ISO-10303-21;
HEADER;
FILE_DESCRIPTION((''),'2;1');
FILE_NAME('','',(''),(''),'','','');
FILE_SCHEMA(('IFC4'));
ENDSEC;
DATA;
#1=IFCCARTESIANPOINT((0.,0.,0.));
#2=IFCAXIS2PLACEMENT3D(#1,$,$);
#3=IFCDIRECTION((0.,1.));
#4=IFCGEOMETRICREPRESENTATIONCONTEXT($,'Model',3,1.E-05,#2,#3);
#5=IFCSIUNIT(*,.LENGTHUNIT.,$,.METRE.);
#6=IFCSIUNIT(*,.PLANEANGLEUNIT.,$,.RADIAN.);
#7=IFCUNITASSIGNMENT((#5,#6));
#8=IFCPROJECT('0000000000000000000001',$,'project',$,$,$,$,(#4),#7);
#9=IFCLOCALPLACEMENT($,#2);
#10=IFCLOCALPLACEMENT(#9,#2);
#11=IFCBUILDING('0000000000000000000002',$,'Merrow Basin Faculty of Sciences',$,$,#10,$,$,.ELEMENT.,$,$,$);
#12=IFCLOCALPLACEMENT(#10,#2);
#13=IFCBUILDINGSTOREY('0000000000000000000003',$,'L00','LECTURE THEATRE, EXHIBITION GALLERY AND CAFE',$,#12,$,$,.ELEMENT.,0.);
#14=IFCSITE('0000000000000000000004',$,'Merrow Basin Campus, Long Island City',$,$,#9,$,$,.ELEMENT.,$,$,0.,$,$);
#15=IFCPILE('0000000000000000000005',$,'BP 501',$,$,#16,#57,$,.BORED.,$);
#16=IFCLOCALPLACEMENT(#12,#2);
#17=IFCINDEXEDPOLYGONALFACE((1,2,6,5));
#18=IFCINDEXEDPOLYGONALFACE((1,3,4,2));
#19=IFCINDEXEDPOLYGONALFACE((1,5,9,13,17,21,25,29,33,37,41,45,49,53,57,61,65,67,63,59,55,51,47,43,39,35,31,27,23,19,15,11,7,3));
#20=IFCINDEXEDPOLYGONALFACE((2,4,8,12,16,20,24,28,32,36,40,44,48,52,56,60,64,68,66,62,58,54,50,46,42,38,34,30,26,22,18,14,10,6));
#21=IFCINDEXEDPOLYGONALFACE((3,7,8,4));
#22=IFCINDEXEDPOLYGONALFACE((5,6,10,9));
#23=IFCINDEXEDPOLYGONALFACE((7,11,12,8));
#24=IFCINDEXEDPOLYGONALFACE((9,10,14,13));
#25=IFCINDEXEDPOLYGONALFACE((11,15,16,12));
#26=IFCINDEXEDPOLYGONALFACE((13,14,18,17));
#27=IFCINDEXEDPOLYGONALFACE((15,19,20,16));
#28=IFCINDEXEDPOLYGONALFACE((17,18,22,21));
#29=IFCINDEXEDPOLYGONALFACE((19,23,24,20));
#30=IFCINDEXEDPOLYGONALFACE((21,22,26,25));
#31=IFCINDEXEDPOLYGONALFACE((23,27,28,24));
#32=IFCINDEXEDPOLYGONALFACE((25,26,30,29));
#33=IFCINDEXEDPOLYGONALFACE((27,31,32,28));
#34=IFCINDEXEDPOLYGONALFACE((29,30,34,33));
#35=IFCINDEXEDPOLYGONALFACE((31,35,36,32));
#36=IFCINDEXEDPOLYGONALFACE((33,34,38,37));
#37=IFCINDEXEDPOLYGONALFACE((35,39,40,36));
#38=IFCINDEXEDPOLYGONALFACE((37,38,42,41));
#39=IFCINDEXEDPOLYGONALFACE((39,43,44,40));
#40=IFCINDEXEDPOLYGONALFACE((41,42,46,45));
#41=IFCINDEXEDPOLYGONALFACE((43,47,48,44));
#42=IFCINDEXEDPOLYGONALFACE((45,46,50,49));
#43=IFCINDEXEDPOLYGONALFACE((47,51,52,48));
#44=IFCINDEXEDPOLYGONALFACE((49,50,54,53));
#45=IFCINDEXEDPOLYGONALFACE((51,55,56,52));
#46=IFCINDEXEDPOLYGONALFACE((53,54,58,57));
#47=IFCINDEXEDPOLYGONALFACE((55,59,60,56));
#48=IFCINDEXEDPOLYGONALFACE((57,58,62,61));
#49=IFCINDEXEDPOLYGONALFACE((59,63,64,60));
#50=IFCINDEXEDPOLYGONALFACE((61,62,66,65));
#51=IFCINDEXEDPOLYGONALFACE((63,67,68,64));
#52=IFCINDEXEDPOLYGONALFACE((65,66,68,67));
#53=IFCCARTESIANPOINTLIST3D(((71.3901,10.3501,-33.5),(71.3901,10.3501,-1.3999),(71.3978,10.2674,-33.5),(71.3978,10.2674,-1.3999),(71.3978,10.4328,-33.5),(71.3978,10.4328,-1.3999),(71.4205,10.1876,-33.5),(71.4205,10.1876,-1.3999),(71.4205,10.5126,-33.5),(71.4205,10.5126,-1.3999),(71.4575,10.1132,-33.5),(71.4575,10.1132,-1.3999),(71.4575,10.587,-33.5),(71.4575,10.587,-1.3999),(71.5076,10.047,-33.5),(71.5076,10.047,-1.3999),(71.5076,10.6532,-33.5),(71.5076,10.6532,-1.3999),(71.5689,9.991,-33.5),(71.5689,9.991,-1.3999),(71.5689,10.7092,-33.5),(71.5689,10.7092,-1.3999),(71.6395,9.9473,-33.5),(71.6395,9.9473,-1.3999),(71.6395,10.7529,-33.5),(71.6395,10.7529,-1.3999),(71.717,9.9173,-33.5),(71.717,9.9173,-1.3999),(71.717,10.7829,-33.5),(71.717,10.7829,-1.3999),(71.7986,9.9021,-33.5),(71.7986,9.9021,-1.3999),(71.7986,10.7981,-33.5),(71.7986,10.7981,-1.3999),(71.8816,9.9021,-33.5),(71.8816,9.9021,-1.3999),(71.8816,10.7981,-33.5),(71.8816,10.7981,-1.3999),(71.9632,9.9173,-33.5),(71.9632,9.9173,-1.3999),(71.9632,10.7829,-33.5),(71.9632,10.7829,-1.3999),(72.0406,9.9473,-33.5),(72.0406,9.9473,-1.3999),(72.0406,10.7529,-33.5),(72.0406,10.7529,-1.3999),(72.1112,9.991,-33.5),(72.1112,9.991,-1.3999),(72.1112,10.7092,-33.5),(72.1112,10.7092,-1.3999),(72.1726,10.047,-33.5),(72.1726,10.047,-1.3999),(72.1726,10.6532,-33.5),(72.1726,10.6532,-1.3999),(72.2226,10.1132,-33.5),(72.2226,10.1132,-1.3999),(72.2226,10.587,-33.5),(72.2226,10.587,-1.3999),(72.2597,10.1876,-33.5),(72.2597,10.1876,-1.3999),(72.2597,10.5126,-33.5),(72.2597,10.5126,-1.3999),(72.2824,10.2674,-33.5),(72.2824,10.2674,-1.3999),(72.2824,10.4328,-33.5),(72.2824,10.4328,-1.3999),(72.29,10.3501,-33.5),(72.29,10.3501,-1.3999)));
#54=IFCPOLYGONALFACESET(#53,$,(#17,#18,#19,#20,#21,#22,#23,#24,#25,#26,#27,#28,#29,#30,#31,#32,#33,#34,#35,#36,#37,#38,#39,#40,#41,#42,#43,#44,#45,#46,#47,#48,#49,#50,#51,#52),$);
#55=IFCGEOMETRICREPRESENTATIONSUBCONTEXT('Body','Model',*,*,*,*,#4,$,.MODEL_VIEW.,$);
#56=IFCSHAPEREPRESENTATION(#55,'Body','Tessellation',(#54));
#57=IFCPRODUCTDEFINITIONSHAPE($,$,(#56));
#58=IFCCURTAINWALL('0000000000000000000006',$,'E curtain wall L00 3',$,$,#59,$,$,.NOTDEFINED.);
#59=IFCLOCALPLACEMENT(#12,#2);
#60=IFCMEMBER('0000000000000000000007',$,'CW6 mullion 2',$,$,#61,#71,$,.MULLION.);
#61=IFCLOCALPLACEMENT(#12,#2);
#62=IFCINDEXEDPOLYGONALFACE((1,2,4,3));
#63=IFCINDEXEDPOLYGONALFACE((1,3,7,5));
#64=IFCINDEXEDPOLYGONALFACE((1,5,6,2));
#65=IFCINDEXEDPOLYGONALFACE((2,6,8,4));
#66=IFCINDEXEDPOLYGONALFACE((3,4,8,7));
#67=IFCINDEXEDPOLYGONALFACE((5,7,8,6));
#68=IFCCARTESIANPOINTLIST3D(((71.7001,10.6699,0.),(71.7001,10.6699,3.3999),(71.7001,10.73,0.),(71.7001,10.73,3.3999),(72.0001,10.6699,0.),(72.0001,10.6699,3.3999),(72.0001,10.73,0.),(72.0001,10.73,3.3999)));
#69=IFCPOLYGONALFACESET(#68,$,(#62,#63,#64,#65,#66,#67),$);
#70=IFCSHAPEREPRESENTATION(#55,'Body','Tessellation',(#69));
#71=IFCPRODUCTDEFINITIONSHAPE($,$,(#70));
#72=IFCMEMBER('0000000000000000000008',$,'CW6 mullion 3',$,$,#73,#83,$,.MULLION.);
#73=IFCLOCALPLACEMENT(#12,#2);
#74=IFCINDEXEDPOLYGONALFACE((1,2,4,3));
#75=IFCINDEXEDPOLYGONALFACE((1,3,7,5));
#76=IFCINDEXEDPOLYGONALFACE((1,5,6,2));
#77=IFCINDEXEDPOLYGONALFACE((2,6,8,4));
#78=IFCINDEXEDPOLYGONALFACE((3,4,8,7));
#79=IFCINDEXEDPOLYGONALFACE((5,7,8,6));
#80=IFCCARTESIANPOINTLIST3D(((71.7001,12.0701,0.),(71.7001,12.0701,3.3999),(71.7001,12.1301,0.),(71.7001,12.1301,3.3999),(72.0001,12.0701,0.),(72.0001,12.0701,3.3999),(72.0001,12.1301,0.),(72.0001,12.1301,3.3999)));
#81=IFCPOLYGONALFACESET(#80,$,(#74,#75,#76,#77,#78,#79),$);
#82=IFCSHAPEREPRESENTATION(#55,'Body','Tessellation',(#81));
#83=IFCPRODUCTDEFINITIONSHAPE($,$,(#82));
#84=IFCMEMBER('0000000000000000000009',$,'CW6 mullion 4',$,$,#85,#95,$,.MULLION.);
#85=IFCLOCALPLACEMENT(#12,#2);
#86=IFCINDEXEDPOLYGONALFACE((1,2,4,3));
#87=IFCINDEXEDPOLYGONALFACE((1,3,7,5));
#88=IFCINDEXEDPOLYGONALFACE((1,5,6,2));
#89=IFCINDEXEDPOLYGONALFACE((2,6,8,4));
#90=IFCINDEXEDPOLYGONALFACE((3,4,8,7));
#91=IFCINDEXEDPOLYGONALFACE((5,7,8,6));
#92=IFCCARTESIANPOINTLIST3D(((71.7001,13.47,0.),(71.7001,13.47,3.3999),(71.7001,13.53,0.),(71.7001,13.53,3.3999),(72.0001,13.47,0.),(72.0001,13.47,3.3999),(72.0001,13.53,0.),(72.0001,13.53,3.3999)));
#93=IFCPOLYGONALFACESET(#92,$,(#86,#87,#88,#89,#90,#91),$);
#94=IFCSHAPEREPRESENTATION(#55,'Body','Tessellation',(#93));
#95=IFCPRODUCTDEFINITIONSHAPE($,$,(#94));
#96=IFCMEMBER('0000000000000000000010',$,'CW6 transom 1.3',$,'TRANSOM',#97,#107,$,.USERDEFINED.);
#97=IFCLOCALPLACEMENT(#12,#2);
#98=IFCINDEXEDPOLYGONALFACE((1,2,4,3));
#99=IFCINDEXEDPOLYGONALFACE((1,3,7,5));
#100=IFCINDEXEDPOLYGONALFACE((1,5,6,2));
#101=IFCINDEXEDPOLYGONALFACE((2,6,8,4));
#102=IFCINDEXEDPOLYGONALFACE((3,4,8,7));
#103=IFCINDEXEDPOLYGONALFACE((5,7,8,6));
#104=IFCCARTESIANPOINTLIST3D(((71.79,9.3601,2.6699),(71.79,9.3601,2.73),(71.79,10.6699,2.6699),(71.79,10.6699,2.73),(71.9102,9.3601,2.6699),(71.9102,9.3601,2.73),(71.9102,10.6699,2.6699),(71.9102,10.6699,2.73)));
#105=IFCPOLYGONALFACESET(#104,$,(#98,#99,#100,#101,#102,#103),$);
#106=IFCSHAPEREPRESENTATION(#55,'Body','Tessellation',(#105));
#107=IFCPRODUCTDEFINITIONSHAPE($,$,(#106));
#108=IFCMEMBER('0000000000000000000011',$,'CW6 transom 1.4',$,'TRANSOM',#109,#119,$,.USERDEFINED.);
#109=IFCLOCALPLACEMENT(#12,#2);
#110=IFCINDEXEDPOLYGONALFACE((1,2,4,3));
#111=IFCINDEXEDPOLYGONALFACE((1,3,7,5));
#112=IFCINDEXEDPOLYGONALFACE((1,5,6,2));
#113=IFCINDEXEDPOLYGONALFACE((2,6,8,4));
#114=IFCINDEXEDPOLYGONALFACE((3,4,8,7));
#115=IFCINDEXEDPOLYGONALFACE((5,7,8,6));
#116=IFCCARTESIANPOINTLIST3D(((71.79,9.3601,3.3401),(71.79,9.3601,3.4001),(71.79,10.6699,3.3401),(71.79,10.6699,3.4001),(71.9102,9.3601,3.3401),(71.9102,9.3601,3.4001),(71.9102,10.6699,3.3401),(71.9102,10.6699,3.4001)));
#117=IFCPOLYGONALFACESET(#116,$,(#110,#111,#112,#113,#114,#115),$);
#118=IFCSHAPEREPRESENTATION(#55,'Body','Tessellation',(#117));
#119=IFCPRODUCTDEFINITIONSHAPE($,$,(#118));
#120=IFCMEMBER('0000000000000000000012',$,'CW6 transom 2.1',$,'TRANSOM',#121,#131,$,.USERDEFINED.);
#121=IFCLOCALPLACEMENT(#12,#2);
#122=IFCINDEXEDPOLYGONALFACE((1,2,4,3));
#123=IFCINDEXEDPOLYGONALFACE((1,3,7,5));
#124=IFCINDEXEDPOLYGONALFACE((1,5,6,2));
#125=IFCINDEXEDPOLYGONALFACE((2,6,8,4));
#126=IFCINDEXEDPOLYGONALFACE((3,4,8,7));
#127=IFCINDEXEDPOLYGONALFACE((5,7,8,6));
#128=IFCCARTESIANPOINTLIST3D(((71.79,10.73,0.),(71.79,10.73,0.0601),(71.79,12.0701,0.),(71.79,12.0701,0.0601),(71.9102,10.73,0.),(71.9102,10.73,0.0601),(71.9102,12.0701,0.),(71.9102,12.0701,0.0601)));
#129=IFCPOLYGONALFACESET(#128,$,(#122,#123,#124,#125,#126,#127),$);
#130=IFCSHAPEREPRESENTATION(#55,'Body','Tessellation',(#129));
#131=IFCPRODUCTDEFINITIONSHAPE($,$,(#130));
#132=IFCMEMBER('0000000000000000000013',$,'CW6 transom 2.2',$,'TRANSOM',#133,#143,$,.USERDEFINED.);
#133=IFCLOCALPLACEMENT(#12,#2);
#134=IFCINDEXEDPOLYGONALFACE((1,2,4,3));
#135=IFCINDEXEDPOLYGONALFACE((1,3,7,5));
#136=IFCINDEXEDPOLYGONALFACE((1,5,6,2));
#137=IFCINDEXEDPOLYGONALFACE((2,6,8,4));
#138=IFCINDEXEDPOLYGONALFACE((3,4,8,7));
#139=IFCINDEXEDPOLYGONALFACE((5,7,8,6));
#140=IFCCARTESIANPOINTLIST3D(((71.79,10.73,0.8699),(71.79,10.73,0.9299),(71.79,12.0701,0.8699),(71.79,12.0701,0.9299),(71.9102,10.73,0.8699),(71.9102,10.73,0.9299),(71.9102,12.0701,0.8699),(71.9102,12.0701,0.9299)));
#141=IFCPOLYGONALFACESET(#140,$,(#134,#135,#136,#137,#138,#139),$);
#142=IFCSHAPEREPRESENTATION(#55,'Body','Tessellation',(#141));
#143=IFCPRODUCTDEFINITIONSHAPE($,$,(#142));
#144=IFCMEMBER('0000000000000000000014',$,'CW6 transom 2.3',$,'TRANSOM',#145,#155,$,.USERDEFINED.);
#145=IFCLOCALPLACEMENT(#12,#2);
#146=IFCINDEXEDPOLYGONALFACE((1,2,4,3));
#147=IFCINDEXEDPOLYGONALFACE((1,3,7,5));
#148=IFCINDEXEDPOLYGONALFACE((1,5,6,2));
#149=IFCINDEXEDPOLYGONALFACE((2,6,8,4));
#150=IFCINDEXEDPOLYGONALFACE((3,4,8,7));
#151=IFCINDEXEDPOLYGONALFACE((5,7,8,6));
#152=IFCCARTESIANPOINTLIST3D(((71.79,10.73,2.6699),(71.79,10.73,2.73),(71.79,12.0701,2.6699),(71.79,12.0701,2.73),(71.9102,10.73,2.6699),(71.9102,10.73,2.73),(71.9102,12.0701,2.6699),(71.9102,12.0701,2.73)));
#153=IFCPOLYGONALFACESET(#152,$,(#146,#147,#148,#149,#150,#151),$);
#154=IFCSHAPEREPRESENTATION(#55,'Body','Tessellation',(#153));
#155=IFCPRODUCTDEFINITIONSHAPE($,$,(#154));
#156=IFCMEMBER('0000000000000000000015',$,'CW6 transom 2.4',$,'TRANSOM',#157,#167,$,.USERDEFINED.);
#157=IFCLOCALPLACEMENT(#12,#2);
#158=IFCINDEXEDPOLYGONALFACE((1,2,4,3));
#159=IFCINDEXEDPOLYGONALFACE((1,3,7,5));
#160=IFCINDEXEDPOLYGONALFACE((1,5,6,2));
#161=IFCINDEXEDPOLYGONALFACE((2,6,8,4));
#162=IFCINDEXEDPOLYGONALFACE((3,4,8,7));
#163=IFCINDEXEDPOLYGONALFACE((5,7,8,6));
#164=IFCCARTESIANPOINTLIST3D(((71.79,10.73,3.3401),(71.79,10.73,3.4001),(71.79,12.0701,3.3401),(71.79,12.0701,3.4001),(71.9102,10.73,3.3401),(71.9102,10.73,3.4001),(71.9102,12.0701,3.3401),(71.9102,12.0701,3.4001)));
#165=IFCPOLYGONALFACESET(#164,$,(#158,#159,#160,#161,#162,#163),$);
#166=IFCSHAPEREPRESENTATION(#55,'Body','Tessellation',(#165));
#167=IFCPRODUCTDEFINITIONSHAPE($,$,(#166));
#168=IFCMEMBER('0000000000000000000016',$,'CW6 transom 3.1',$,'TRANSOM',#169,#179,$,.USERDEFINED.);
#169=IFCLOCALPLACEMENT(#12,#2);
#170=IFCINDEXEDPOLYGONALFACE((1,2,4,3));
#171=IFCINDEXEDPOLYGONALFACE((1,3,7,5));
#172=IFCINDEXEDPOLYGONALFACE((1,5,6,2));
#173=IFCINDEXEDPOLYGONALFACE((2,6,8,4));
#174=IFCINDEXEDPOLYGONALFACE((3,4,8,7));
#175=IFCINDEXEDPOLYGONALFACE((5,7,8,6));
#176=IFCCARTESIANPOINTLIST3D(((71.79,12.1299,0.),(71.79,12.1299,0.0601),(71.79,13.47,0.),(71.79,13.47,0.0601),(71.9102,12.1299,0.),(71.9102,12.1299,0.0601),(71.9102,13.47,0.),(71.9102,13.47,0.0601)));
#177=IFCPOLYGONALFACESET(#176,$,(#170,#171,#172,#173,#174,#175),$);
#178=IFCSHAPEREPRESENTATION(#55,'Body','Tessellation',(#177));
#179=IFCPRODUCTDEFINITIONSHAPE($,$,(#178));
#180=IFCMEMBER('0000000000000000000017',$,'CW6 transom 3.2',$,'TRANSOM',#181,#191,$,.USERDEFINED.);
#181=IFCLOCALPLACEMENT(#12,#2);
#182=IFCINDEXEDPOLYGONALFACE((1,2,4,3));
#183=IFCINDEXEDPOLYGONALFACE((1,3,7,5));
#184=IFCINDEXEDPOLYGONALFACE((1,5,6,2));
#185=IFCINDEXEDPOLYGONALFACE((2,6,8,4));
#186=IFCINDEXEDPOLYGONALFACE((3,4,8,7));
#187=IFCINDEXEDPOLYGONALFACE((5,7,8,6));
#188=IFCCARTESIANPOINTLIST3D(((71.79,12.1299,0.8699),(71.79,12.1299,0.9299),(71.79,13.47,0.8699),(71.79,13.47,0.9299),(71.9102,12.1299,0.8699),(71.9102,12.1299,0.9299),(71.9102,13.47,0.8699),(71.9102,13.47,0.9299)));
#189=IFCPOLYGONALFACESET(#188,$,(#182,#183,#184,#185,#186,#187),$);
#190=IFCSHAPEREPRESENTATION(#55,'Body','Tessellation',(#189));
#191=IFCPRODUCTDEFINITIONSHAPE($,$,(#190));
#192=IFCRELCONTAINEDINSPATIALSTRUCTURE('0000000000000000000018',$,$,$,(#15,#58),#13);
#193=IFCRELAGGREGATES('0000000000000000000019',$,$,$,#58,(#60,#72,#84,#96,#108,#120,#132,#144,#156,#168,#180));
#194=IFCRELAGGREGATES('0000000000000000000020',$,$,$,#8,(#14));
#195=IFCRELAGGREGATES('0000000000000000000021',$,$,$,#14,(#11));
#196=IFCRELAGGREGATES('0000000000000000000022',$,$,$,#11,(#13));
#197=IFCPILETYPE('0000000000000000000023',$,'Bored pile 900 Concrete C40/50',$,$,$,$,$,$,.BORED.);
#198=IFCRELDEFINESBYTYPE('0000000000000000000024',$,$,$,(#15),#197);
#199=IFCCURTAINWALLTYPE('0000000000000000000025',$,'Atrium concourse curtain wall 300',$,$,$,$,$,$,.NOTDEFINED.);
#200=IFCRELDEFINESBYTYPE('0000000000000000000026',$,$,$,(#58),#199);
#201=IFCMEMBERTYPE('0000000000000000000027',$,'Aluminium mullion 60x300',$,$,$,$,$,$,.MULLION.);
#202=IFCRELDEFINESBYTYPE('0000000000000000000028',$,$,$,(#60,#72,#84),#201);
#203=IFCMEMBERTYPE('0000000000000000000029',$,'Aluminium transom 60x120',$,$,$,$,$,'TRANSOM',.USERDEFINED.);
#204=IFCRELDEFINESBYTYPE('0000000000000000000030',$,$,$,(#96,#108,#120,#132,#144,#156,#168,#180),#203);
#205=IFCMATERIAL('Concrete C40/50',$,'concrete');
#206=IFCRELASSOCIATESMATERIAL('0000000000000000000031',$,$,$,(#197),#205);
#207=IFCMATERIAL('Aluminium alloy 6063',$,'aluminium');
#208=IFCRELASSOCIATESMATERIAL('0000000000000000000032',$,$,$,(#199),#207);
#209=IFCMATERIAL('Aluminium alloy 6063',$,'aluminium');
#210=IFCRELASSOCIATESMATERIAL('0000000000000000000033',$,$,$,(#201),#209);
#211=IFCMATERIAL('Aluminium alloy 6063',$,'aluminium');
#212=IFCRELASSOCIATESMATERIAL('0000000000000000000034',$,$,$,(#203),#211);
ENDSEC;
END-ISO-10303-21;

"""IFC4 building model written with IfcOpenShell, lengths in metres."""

from ifc_helpers import new_model, si_unit, direction, frame, origin, origin_2d, place, context, subcontext, project, spatial, rectangle, circle, extrude, material, material_profile, profile_set, type_object, element, aggregate, save


model = new_model("IFC4")

# Units and contexts
model_context = context("Model", 3, precision=1e-05, world=origin(), true_north=direction((0.0, 1.0)))
body_context = subcontext(model_context, "Body", "Model", "MODEL_VIEW")
ifc_project = project(units=[si_unit("LENGTHUNIT", "METRE"), si_unit("PLANEANGLEUNIT", "RADIAN")], contexts=[model_context])

# Site, building, storey
site_placement = place(None, origin())
site = spatial("IfcSite", under=ifc_project, at=site_placement, Name="Merrow Basin Campus, Long Island City", CompositionType="ELEMENT", RefElevation=0.0)
building_placement = place(site_placement, origin())
building = spatial("IfcBuilding", under=site, at=building_placement, Name="Merrow Basin Faculty of Sciences", CompositionType="ELEMENT")
storey_placement = place(building_placement, origin())
storey = spatial("IfcBuildingStorey", under=building, at=storey_placement, Name="L00", Description="LECTURE THEATRE, EXHIBITION GALLERY AND CAFE", CompositionType="ELEMENT", Elevation=0.0)

# Pile
ifc_material_1 = material(Name="Concrete C40/50", Category="concrete")
ifc_material_profile_1 = material_profile(ifc_material_1, circle(Radius=0.45, at=origin_2d()))
ifc_profile_set_1 = profile_set([ifc_material_profile_1], Name="Concrete C40/50")
pile_type = type_object("IfcPileType", Name="Bored pile 900 Concrete C40/50", PredefinedType="BORED", material=ifc_profile_set_1)
pile_placement = place(storey_placement, frame((71.8401, 10.3501, -1.3999), z_axis=(0.0, 0.0, -1.0), x_axis=(1.0, 0.0, 0.0)))
element("IfcPile", 1, at=pile_placement, inside=storey, type_object=pile_type, Name="BP 501", PredefinedType="BORED", context=body_context, shape_type="SweptSolid", body=[
    extrude(circle(Radius=0.45, at=origin_2d()), origin(), (0.0, 0.0, 1.0), 32.1001),
])

# Curtain wall, members
ifc_material_2 = material(Name="Aluminium alloy 6063", Category="aluminium")
curtain_wall_type = type_object("IfcCurtainWallType", Name="Atrium concourse curtain wall 300", PredefinedType="NOTDEFINED", material=ifc_material_2)
curtain_wall_placement = place(storey_placement, origin())
curtain_wall = element("IfcCurtainWall", 2, at=curtain_wall_placement, inside=storey, type_object=curtain_wall_type, Name="E curtain wall L00 3", PredefinedType="NOTDEFINED")
ifc_material_3 = material(Name="Aluminium alloy 6063", Category="aluminium")
ifc_material_profile_2 = material_profile(ifc_material_3, rectangle(XDim=0.3, YDim=0.0601, at=origin_2d()))
ifc_profile_set_2 = profile_set([ifc_material_profile_2], Name="Aluminium alloy 6063")
member_type_1 = type_object("IfcMemberType", Name="Aluminium mullion 60x300", PredefinedType="MULLION", material=ifc_profile_set_2)
member_1_placement = place(storey_placement, frame((71.8501, 10.7, 0.0), z_axis=(0.0, 0.0, 1.0), x_axis=(-1.0, 0.0, 0.0)))
member_1 = element("IfcMember", 3, at=member_1_placement, type_object=member_type_1, Name="CW6 mullion 2", PredefinedType="MULLION", context=body_context, shape_type="SweptSolid", body=[
    extrude(rectangle(XDim=0.3, YDim=0.0601, at=origin_2d()), origin(), (0.0, 0.0, 1.0), 3.3999),
])
member_2_placement = place(storey_placement, frame((71.8501, 12.1001, 0.0), z_axis=(0.0, 0.0, 1.0), x_axis=(-1.0, 0.0, 0.0)))
member_2 = element("IfcMember", 4, at=member_2_placement, type_object=member_type_1, Name="CW6 mullion 3", PredefinedType="MULLION", context=body_context, shape_type="SweptSolid", body=[
    extrude(rectangle(XDim=0.3, YDim=0.0601, at=origin_2d()), origin(), (0.0, 0.0, 1.0), 3.3999),
])
member_3_placement = place(storey_placement, frame((71.8501, 13.5, 0.0), z_axis=(0.0, 0.0, 1.0), x_axis=(-1.0, 0.0, 0.0)))
member_3 = element("IfcMember", 5, at=member_3_placement, type_object=member_type_1, Name="CW6 mullion 4", PredefinedType="MULLION", context=body_context, shape_type="SweptSolid", body=[
    extrude(rectangle(XDim=0.3, YDim=0.0601, at=origin_2d()), origin(), (0.0, 0.0, 1.0), 3.3999),
])
ifc_material_4 = material(Name="Aluminium alloy 6063", Category="aluminium")
ifc_material_profile_3 = material_profile(ifc_material_4, rectangle(XDim=0.1201, YDim=0.0601, at=origin_2d()))
ifc_profile_set_3 = profile_set([ifc_material_profile_3], Name="Aluminium alloy 6063")
member_type_2 = type_object("IfcMemberType", Name="Aluminium transom 60x120", ElementType="TRANSOM", PredefinedType="USERDEFINED", material=ifc_profile_set_3)
member_4_placement = place(storey_placement, frame((71.8501, 9.3601, 2.7), z_axis=(0.0, 1.0, 0.0), x_axis=(-1.0, 0.0, 0.0)))
member_4 = element("IfcMember", 6, at=member_4_placement, type_object=member_type_2, Name="CW6 transom 1.3", ObjectType="TRANSOM", PredefinedType="USERDEFINED", context=body_context, shape_type="SweptSolid", body=[
    extrude(rectangle(XDim=0.1201, YDim=0.0601, at=origin_2d()), origin(), (0.0, 0.0, 1.0), 1.3098),
])
member_5_placement = place(storey_placement, frame((71.8501, 9.3601, 3.3701), z_axis=(0.0, 1.0, 0.0), x_axis=(-1.0, 0.0, 0.0)))
member_5 = element("IfcMember", 7, at=member_5_placement, type_object=member_type_2, Name="CW6 transom 1.4", ObjectType="TRANSOM", PredefinedType="USERDEFINED", context=body_context, shape_type="SweptSolid", body=[
    extrude(rectangle(XDim=0.1201, YDim=0.0601, at=origin_2d()), origin(), (0.0, 0.0, 1.0), 1.3098),
])
member_6_placement = place(storey_placement, frame((71.8501, 10.73, 0.03), z_axis=(0.0, 1.0, 0.0), x_axis=(-1.0, 0.0, 0.0)))
member_6 = element("IfcMember", 8, at=member_6_placement, type_object=member_type_2, Name="CW6 transom 2.1", ObjectType="TRANSOM", PredefinedType="USERDEFINED", context=body_context, shape_type="SweptSolid", body=[
    extrude(rectangle(XDim=0.1201, YDim=0.0601, at=origin_2d()), origin(), (0.0, 0.0, 1.0), 1.3401),
])
member_7_placement = place(storey_placement, frame((71.8501, 10.73, 0.8999), z_axis=(0.0, 1.0, 0.0), x_axis=(-1.0, 0.0, 0.0)))
member_7 = element("IfcMember", 9, at=member_7_placement, type_object=member_type_2, Name="CW6 transom 2.2", ObjectType="TRANSOM", PredefinedType="USERDEFINED", context=body_context, shape_type="SweptSolid", body=[
    extrude(rectangle(XDim=0.1201, YDim=0.0601, at=origin_2d()), origin(), (0.0, 0.0, 1.0), 1.3401),
])
member_8_placement = place(storey_placement, frame((71.8501, 10.73, 2.7), z_axis=(0.0, 1.0, 0.0), x_axis=(-1.0, 0.0, 0.0)))
member_8 = element("IfcMember", 10, at=member_8_placement, type_object=member_type_2, Name="CW6 transom 2.3", ObjectType="TRANSOM", PredefinedType="USERDEFINED", context=body_context, shape_type="SweptSolid", body=[
    extrude(rectangle(XDim=0.1201, YDim=0.0601, at=origin_2d()), origin(), (0.0, 0.0, 1.0), 1.3401),
])
member_9_placement = place(storey_placement, frame((71.8501, 10.73, 3.3701), z_axis=(0.0, 1.0, 0.0), x_axis=(-1.0, 0.0, 0.0)))
member_9 = element("IfcMember", 11, at=member_9_placement, type_object=member_type_2, Name="CW6 transom 2.4", ObjectType="TRANSOM", PredefinedType="USERDEFINED", context=body_context, shape_type="SweptSolid", body=[
    extrude(rectangle(XDim=0.1201, YDim=0.0601, at=origin_2d()), origin(), (0.0, 0.0, 1.0), 1.3401),
])
member_10_placement = place(storey_placement, frame((71.8501, 12.1299, 0.03), z_axis=(0.0, 1.0, 0.0), x_axis=(-1.0, 0.0, 0.0)))
member_10 = element("IfcMember", 12, at=member_10_placement, type_object=member_type_2, Name="CW6 transom 3.1", ObjectType="TRANSOM", PredefinedType="USERDEFINED", context=body_context, shape_type="SweptSolid", body=[
    extrude(rectangle(XDim=0.1201, YDim=0.0601, at=origin_2d()), origin(), (0.0, 0.0, 1.0), 1.3401),
])
member_11_placement = place(storey_placement, frame((71.8501, 12.1299, 0.8999), z_axis=(0.0, 1.0, 0.0), x_axis=(-1.0, 0.0, 0.0)))
member_11 = element("IfcMember", 13, at=member_11_placement, type_object=member_type_2, Name="CW6 transom 3.2", ObjectType="TRANSOM", PredefinedType="USERDEFINED", context=body_context, shape_type="SweptSolid", body=[
    extrude(rectangle(XDim=0.1201, YDim=0.0601, at=origin_2d()), origin(), (0.0, 0.0, 1.0), 1.3401),
])
aggregate(curtain_wall, [member_1, member_2, member_3, member_4, member_5, member_6, member_7, member_8, member_9, member_10, member_11])

save(model, "model.ifc")
